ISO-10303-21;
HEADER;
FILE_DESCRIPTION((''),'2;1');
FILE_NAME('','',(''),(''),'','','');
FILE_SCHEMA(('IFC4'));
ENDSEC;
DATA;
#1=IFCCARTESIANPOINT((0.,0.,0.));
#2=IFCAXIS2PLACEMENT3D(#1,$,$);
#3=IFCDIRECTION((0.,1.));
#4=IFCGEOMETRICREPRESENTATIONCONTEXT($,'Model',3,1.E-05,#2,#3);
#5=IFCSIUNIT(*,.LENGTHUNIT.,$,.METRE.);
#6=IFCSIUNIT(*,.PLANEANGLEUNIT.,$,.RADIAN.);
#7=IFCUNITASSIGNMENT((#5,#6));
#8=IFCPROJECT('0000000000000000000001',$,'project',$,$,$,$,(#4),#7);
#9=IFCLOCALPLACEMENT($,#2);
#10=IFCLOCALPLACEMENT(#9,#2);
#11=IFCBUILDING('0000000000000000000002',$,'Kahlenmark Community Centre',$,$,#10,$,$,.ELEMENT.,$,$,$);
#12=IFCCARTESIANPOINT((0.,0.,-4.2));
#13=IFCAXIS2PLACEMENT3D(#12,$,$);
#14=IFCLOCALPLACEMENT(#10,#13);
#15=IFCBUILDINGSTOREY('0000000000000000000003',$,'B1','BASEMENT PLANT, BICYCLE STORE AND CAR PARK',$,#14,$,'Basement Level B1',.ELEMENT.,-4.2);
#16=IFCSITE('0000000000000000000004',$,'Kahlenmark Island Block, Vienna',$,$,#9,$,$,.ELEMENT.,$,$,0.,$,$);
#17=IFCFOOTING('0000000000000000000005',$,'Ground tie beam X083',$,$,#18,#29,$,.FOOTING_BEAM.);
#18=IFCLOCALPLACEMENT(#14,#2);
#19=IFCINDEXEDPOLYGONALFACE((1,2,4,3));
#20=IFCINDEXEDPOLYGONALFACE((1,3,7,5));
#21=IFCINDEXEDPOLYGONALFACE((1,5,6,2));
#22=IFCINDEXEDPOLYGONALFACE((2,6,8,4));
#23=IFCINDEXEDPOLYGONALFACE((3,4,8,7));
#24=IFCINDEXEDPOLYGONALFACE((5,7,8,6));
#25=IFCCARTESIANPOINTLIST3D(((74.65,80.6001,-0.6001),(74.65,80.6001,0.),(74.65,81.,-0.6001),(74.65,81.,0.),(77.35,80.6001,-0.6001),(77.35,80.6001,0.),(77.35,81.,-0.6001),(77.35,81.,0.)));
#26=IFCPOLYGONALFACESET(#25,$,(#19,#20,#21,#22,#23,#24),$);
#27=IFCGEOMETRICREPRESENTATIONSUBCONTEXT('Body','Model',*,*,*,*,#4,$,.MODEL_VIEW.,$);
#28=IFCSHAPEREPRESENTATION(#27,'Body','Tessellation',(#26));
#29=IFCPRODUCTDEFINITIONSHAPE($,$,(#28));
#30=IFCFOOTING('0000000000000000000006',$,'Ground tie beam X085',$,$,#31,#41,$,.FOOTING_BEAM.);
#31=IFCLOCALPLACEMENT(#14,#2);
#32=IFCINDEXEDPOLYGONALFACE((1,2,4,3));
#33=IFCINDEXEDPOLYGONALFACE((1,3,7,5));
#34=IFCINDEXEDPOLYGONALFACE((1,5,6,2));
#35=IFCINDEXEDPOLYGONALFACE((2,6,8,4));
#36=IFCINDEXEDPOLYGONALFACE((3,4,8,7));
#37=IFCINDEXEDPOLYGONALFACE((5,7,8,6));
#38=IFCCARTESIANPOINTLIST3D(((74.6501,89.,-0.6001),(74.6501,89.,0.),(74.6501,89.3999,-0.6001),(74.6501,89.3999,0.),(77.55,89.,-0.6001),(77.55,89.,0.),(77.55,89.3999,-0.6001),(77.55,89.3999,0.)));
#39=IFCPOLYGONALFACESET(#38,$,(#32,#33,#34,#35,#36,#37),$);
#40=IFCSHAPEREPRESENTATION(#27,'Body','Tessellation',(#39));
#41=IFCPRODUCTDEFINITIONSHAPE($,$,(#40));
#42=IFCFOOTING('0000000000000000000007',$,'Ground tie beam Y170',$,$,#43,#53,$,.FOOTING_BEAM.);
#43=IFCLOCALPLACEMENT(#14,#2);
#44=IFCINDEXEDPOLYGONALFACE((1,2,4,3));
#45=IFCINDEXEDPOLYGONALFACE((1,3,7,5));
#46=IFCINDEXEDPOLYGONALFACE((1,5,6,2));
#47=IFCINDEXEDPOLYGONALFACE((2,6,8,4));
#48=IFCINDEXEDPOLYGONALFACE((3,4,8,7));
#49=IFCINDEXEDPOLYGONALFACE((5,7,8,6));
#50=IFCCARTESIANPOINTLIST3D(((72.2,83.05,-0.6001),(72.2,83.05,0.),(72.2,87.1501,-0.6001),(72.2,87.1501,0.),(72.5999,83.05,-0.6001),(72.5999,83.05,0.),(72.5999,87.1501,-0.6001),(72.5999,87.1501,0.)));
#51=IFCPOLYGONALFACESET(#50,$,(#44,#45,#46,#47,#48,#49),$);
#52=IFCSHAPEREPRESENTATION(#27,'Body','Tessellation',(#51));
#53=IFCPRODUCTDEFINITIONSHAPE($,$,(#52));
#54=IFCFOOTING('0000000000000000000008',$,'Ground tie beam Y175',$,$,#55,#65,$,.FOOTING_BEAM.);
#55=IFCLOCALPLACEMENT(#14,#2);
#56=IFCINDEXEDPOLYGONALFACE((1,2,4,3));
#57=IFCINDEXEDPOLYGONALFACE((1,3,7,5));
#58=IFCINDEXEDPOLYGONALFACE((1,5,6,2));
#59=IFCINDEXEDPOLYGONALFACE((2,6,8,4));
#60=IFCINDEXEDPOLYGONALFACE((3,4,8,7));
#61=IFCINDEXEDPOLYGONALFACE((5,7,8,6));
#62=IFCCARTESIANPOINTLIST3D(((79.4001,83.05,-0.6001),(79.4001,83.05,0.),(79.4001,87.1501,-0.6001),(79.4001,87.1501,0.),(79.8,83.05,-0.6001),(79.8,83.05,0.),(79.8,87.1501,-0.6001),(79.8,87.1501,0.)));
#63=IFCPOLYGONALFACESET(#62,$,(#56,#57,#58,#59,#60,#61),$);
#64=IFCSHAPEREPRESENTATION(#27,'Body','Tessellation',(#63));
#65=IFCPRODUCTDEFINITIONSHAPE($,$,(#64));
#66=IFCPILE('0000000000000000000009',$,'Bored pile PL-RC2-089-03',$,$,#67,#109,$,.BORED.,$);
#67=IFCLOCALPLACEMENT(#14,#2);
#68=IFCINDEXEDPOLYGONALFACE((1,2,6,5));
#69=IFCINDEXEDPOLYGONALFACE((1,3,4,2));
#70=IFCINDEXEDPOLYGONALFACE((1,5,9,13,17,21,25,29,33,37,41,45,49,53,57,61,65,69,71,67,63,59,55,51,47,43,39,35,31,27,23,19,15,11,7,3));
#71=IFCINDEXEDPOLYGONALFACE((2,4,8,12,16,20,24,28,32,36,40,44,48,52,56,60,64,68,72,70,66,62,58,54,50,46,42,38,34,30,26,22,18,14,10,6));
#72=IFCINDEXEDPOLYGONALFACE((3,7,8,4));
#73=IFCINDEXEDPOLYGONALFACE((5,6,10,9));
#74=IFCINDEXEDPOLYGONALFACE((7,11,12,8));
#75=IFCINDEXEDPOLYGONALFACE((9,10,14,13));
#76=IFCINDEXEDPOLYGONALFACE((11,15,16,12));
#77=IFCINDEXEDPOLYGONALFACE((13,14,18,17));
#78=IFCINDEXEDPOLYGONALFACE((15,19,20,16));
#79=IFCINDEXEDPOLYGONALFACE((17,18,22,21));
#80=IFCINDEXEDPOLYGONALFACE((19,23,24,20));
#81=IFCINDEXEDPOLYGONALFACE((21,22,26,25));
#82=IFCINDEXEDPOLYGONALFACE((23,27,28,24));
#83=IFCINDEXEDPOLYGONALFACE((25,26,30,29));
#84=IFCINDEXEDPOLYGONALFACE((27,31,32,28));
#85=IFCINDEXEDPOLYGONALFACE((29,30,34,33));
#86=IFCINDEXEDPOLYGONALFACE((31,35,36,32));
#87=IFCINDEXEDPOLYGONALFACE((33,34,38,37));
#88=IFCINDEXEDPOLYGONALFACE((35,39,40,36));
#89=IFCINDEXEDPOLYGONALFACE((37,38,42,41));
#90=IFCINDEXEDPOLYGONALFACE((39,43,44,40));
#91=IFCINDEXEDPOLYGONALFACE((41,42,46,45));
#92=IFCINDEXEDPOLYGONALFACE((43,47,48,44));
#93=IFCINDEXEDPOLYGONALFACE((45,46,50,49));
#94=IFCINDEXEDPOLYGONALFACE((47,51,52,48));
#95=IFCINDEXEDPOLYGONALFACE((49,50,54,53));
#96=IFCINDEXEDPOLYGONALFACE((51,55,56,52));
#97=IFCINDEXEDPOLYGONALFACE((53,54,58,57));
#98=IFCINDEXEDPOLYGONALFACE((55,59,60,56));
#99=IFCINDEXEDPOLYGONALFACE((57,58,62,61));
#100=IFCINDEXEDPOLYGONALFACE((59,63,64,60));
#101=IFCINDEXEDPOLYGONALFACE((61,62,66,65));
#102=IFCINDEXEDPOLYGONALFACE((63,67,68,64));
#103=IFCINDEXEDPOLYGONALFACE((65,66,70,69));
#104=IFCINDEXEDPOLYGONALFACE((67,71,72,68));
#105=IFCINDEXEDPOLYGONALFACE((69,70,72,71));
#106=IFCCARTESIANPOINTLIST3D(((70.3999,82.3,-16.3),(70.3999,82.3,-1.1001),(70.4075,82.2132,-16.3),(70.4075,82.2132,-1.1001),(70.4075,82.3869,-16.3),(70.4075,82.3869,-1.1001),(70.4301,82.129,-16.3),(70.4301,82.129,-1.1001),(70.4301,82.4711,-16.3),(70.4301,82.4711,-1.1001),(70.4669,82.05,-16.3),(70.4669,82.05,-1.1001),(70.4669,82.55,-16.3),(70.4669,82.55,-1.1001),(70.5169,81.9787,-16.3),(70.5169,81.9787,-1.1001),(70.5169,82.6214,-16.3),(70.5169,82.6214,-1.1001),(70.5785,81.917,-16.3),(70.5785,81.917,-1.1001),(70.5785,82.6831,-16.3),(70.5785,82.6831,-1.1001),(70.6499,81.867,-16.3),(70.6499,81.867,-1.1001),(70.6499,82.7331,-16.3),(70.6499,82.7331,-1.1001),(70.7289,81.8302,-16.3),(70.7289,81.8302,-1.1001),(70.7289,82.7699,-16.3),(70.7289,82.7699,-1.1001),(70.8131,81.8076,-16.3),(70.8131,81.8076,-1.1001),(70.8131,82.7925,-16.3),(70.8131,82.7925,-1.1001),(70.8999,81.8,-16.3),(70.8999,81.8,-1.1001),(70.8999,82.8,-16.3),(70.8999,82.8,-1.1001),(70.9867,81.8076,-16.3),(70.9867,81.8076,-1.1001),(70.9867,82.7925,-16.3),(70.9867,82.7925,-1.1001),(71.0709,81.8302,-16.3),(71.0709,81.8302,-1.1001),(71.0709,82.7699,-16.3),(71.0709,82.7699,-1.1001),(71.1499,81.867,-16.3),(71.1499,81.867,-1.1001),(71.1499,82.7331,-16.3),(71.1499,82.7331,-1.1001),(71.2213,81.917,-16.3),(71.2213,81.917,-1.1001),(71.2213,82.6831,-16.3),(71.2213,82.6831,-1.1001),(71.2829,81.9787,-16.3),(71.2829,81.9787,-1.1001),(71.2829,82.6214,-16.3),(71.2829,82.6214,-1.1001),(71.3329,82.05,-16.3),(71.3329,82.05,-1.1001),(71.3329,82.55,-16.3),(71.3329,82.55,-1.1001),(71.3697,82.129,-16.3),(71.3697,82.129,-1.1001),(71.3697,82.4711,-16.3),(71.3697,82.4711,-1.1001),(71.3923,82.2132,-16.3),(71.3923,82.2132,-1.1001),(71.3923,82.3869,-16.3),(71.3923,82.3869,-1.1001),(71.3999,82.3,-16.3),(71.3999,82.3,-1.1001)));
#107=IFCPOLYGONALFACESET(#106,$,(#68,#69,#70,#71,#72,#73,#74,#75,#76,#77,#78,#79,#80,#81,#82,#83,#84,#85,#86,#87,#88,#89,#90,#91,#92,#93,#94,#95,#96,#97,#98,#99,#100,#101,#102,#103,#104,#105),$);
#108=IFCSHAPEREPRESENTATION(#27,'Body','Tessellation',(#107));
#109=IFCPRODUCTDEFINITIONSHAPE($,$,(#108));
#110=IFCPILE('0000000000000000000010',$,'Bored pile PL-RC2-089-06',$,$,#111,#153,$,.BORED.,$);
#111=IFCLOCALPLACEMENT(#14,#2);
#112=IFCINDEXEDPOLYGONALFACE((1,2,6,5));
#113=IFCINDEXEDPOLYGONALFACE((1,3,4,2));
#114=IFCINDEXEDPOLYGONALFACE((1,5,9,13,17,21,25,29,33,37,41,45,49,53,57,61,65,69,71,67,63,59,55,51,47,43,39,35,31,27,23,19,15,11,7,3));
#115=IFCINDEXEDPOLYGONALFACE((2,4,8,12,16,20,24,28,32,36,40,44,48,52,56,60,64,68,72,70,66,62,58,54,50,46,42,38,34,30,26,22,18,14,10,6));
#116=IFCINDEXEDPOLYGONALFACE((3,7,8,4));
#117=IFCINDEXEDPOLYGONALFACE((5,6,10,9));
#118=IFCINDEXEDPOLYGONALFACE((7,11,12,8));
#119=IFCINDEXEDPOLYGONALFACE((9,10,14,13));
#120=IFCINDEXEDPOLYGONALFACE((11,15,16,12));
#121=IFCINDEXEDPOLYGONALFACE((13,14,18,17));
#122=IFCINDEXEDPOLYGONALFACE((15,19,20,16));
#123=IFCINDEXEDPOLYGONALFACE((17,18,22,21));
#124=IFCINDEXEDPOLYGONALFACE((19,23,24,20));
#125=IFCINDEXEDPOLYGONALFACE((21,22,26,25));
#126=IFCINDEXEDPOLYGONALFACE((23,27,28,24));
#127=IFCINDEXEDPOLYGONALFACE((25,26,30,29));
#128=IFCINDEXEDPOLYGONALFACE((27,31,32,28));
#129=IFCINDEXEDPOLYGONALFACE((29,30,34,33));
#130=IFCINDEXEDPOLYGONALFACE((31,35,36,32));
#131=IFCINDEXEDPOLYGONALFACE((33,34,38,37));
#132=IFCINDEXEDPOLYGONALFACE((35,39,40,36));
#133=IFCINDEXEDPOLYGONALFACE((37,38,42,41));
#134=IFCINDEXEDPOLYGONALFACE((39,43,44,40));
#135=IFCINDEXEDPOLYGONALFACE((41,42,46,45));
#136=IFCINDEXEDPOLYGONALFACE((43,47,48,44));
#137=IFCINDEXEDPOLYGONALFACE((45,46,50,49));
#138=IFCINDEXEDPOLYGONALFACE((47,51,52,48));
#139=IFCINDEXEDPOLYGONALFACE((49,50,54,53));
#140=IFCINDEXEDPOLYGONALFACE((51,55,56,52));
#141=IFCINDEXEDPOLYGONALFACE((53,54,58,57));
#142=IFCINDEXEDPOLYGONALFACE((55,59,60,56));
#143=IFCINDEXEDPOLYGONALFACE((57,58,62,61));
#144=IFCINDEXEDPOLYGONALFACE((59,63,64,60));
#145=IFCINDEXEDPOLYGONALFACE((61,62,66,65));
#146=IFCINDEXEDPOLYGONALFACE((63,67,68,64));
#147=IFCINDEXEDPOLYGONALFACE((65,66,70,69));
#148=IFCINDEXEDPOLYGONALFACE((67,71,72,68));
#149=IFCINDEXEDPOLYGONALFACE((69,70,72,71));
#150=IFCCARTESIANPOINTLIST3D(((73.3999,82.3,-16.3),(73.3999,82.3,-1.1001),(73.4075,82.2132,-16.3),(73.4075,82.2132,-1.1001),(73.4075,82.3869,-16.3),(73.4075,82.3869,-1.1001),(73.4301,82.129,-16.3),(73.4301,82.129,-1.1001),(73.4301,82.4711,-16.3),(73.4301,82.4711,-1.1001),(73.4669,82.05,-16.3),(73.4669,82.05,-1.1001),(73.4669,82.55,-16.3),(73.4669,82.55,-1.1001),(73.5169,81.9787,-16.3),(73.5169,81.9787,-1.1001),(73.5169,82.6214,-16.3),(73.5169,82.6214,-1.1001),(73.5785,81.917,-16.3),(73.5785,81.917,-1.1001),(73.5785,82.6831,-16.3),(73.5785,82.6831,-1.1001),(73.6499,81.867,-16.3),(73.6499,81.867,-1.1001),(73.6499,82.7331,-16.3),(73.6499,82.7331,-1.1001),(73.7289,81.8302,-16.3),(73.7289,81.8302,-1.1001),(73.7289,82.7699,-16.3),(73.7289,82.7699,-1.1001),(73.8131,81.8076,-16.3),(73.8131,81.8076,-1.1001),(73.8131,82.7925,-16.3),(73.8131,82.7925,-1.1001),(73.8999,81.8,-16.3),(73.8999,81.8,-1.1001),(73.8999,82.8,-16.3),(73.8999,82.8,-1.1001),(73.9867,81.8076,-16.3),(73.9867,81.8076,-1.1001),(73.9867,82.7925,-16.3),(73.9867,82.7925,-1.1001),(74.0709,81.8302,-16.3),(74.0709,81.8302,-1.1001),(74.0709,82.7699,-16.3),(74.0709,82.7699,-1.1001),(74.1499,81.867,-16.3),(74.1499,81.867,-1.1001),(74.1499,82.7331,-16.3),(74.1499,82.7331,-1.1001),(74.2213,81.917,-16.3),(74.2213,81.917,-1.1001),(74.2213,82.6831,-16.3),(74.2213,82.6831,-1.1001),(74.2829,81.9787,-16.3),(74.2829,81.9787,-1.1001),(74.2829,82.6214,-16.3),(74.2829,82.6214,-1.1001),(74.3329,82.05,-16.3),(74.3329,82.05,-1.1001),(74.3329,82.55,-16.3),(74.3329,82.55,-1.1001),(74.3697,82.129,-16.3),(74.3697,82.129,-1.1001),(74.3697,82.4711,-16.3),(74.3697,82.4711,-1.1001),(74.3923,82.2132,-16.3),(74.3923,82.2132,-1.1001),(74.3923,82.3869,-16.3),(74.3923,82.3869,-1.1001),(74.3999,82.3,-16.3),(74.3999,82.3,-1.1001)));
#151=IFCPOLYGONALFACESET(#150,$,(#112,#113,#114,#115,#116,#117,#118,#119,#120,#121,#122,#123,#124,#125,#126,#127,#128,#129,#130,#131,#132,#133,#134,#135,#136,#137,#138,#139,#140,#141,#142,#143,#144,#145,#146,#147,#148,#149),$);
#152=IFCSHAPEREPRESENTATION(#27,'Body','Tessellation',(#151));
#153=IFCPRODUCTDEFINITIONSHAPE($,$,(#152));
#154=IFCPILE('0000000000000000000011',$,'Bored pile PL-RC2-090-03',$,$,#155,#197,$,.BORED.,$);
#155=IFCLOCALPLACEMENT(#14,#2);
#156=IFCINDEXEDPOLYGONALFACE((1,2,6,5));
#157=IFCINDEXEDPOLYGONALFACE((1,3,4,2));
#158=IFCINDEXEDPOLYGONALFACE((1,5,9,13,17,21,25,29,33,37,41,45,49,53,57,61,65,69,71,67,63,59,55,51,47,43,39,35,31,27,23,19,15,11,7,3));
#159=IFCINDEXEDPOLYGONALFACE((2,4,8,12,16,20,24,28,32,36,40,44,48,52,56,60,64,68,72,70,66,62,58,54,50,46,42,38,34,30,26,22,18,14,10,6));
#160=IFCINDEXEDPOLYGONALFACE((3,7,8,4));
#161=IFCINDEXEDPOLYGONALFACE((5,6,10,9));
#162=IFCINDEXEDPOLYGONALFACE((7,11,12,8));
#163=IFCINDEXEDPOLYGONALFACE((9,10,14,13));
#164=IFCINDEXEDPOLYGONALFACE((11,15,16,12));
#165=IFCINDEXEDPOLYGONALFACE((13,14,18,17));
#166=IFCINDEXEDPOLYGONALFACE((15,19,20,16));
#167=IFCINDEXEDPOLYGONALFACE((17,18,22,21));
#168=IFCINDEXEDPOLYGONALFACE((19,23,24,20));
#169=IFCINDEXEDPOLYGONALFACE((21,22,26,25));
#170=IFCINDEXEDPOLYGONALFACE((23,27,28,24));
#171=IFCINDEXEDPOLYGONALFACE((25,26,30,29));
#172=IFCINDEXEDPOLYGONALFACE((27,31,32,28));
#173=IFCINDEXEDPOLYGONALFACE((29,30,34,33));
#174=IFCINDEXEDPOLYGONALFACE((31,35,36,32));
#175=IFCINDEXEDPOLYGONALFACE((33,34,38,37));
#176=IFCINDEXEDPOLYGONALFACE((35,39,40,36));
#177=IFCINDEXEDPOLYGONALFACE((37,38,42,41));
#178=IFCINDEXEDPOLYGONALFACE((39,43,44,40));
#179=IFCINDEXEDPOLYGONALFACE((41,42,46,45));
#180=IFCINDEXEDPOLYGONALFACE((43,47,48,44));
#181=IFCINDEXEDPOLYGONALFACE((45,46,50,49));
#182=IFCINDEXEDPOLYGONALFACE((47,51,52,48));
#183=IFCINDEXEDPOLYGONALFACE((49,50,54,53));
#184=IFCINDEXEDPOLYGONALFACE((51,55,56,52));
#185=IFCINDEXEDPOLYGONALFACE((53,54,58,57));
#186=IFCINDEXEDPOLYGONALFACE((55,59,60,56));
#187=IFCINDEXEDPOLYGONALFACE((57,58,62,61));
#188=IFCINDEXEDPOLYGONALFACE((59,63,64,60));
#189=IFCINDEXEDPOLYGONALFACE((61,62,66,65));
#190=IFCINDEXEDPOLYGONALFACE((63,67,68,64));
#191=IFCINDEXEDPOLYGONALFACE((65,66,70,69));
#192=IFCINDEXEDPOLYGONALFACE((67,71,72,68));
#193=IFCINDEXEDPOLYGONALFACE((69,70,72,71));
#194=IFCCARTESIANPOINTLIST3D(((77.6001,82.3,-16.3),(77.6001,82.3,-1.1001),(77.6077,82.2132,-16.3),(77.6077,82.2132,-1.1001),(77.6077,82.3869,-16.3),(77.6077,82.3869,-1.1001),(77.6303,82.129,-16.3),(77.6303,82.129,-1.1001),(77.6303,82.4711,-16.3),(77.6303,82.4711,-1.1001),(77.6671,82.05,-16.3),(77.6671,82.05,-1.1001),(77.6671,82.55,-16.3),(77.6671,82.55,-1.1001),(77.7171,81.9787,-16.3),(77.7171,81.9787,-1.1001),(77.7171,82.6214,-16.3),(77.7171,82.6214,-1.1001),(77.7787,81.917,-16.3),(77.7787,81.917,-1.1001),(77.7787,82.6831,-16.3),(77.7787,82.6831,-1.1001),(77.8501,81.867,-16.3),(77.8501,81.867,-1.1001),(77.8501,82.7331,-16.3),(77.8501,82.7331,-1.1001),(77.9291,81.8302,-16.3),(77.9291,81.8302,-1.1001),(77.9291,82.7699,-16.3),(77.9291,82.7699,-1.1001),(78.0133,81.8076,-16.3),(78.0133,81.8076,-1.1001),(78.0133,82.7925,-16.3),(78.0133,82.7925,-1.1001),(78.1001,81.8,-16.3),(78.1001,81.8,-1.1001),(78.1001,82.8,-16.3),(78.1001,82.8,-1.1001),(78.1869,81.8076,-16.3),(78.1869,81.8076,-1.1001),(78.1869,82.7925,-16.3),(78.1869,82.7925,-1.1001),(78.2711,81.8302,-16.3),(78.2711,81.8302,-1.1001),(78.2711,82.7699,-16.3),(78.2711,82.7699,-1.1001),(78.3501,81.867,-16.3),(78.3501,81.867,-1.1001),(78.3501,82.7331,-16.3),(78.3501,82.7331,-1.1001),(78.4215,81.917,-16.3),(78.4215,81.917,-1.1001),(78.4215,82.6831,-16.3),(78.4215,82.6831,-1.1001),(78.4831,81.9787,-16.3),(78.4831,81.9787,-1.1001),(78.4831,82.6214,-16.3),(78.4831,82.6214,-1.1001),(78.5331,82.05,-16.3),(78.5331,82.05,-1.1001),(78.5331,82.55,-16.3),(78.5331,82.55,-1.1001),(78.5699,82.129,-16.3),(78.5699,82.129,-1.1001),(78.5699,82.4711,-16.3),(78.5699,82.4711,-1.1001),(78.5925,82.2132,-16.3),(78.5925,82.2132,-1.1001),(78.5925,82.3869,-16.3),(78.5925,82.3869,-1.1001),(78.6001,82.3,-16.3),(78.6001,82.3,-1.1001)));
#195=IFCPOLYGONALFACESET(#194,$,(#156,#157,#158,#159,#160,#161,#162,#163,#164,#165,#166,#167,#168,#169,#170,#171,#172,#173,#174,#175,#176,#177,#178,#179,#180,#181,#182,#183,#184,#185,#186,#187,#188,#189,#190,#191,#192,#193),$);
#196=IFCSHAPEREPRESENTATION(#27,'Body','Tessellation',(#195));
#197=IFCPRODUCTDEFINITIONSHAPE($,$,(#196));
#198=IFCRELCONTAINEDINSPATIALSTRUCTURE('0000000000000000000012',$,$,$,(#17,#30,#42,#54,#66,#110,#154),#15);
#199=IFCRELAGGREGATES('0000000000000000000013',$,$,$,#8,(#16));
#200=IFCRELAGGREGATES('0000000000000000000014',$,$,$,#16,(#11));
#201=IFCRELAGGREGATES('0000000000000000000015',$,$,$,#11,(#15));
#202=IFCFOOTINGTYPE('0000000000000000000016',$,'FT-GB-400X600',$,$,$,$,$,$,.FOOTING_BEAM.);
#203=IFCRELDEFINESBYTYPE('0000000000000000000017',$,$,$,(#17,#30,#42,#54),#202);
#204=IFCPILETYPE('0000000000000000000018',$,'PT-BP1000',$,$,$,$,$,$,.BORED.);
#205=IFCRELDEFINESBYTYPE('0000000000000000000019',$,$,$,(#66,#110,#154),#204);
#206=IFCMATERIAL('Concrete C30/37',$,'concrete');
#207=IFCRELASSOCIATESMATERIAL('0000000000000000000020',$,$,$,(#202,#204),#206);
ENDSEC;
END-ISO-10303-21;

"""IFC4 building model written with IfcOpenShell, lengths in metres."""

from ifc_helpers import new_model, si_unit, direction, frame, origin, origin_2d, place, context, subcontext, project, spatial, rectangle, circle, extrude, material, material_profile, profile_set, type_object, element, save


model = new_model("IFC4")

# Units and contexts
model_context = context("Model", 3, precision=1e-05, world=origin(), true_north=direction((0.0, 1.0)))
body_context = subcontext(model_context, "Body", "Model", "MODEL_VIEW")
ifc_project = project(units=[si_unit("LENGTHUNIT", "METRE"), si_unit("PLANEANGLEUNIT", "RADIAN")], contexts=[model_context])

# Site, building, storey
site_placement = place(None, origin())
site = spatial("IfcSite", under=ifc_project, at=site_placement, Name="Kahlenmark Island Block, Vienna", CompositionType="ELEMENT", RefElevation=0.0)
building_placement = place(site_placement, origin())
building = spatial("IfcBuilding", under=site, at=building_placement, Name="Kahlenmark Community Centre", CompositionType="ELEMENT")
storey_placement = place(building_placement, frame((0.0, 0.0, -4.2)))
storey = spatial("IfcBuildingStorey", under=building, at=storey_placement, Name="B1", Description="BASEMENT PLANT, BICYCLE STORE AND CAR PARK", LongName="Basement Level B1", CompositionType="ELEMENT", Elevation=-4.2)

# Footings
ifc_material_1 = material(Name="Concrete C30/37", Category="concrete")
footing_type = type_object("IfcFootingType", Name="FT-GB-400X600", PredefinedType="FOOTING_BEAM", material=ifc_material_1)
footing_1_placement = place(storey_placement, frame((76.0, 80.8, -0.6001), z_axis=(0.0, 0.0, 1.0), x_axis=(1.0, 0.0, 0.0)))
element("IfcFooting", 1, at=footing_1_placement, inside=storey, type_object=footing_type, Name="Ground tie beam X083", PredefinedType="FOOTING_BEAM", context=body_context, shape_type="SweptSolid", body=[
    extrude(rectangle(XDim=2.7, YDim=0.3999, at=origin_2d()), origin(), (0.0, 0.0, 1.0), 0.6001),
])
footing_2_placement = place(storey_placement, frame((76.1001, 89.2, -0.6001), z_axis=(0.0, 0.0, 1.0), x_axis=(1.0, 0.0, 0.0)))
element("IfcFooting", 2, at=footing_2_placement, inside=storey, type_object=footing_type, Name="Ground tie beam X085", PredefinedType="FOOTING_BEAM", context=body_context, shape_type="SweptSolid", body=[
    extrude(rectangle(XDim=2.8999, YDim=0.3999, at=origin_2d()), origin(), (0.0, 0.0, 1.0), 0.6001),
])
for number, where, z_axis, x_axis, name in (
    (3, (72.3999, 85.1001, -0.6001), (0.0, 0.0, 1.0), (1.0, 0.0, 0.0), "Ground tie beam Y170"),
    (4, (79.6001, 85.1001, -0.6001), (0.0, 0.0, 1.0), (1.0, 0.0, 0.0), "Ground tie beam Y175"),
):
    element("IfcFooting", number, at=place(storey_placement, frame(where, z_axis=z_axis, x_axis=x_axis)), inside=storey, type_object=footing_type, Name=name, PredefinedType="FOOTING_BEAM", context=body_context, shape_type="SweptSolid", body=[
        extrude(rectangle(XDim=0.3999, YDim=4.1001, at=origin_2d()), origin(), (0.0, 0.0, 1.0), 0.6001),
    ])

# Piles
ifc_material_profile_1 = material_profile(ifc_material_1, circle(Radius=0.5, at=origin_2d()), Name="BORED PILE 1000")
ifc_profile_set_1 = profile_set([ifc_material_profile_1], Name="Concrete C30/37")
pile_type_1 = type_object("IfcPileType", Name="PT-BP1000", PredefinedType="BORED", material=ifc_profile_set_1)
for number, where, z_axis, x_axis, name in (
    (5, (70.8999, 82.3, -1.1001), (0.0, 0.0, -1.0), (1.0, 0.0, 0.0), "Bored pile PL-RC2-089-03"),
    (6, (73.8999, 82.3, -1.1001), (0.0, 0.0, -1.0), (1.0, 0.0, 0.0), "Bored pile PL-RC2-089-06"),
    (7, (78.1001, 82.3, -1.1001), (0.0, 0.0, -1.0), (1.0, 0.0, 0.0), "Bored pile PL-RC2-090-03"),
):
    element("IfcPile", number, at=place(storey_placement, frame(where, z_axis=z_axis, x_axis=x_axis)), inside=storey, type_object=pile_type_1, Name=name, PredefinedType="BORED", context=body_context, shape_type="SweptSolid", body=[
        extrude(circle(Radius=0.5, at=origin_2d()), origin(), (0.0, 0.0, 1.0), 15.2),
    ])

save(model, "model.ifc")
